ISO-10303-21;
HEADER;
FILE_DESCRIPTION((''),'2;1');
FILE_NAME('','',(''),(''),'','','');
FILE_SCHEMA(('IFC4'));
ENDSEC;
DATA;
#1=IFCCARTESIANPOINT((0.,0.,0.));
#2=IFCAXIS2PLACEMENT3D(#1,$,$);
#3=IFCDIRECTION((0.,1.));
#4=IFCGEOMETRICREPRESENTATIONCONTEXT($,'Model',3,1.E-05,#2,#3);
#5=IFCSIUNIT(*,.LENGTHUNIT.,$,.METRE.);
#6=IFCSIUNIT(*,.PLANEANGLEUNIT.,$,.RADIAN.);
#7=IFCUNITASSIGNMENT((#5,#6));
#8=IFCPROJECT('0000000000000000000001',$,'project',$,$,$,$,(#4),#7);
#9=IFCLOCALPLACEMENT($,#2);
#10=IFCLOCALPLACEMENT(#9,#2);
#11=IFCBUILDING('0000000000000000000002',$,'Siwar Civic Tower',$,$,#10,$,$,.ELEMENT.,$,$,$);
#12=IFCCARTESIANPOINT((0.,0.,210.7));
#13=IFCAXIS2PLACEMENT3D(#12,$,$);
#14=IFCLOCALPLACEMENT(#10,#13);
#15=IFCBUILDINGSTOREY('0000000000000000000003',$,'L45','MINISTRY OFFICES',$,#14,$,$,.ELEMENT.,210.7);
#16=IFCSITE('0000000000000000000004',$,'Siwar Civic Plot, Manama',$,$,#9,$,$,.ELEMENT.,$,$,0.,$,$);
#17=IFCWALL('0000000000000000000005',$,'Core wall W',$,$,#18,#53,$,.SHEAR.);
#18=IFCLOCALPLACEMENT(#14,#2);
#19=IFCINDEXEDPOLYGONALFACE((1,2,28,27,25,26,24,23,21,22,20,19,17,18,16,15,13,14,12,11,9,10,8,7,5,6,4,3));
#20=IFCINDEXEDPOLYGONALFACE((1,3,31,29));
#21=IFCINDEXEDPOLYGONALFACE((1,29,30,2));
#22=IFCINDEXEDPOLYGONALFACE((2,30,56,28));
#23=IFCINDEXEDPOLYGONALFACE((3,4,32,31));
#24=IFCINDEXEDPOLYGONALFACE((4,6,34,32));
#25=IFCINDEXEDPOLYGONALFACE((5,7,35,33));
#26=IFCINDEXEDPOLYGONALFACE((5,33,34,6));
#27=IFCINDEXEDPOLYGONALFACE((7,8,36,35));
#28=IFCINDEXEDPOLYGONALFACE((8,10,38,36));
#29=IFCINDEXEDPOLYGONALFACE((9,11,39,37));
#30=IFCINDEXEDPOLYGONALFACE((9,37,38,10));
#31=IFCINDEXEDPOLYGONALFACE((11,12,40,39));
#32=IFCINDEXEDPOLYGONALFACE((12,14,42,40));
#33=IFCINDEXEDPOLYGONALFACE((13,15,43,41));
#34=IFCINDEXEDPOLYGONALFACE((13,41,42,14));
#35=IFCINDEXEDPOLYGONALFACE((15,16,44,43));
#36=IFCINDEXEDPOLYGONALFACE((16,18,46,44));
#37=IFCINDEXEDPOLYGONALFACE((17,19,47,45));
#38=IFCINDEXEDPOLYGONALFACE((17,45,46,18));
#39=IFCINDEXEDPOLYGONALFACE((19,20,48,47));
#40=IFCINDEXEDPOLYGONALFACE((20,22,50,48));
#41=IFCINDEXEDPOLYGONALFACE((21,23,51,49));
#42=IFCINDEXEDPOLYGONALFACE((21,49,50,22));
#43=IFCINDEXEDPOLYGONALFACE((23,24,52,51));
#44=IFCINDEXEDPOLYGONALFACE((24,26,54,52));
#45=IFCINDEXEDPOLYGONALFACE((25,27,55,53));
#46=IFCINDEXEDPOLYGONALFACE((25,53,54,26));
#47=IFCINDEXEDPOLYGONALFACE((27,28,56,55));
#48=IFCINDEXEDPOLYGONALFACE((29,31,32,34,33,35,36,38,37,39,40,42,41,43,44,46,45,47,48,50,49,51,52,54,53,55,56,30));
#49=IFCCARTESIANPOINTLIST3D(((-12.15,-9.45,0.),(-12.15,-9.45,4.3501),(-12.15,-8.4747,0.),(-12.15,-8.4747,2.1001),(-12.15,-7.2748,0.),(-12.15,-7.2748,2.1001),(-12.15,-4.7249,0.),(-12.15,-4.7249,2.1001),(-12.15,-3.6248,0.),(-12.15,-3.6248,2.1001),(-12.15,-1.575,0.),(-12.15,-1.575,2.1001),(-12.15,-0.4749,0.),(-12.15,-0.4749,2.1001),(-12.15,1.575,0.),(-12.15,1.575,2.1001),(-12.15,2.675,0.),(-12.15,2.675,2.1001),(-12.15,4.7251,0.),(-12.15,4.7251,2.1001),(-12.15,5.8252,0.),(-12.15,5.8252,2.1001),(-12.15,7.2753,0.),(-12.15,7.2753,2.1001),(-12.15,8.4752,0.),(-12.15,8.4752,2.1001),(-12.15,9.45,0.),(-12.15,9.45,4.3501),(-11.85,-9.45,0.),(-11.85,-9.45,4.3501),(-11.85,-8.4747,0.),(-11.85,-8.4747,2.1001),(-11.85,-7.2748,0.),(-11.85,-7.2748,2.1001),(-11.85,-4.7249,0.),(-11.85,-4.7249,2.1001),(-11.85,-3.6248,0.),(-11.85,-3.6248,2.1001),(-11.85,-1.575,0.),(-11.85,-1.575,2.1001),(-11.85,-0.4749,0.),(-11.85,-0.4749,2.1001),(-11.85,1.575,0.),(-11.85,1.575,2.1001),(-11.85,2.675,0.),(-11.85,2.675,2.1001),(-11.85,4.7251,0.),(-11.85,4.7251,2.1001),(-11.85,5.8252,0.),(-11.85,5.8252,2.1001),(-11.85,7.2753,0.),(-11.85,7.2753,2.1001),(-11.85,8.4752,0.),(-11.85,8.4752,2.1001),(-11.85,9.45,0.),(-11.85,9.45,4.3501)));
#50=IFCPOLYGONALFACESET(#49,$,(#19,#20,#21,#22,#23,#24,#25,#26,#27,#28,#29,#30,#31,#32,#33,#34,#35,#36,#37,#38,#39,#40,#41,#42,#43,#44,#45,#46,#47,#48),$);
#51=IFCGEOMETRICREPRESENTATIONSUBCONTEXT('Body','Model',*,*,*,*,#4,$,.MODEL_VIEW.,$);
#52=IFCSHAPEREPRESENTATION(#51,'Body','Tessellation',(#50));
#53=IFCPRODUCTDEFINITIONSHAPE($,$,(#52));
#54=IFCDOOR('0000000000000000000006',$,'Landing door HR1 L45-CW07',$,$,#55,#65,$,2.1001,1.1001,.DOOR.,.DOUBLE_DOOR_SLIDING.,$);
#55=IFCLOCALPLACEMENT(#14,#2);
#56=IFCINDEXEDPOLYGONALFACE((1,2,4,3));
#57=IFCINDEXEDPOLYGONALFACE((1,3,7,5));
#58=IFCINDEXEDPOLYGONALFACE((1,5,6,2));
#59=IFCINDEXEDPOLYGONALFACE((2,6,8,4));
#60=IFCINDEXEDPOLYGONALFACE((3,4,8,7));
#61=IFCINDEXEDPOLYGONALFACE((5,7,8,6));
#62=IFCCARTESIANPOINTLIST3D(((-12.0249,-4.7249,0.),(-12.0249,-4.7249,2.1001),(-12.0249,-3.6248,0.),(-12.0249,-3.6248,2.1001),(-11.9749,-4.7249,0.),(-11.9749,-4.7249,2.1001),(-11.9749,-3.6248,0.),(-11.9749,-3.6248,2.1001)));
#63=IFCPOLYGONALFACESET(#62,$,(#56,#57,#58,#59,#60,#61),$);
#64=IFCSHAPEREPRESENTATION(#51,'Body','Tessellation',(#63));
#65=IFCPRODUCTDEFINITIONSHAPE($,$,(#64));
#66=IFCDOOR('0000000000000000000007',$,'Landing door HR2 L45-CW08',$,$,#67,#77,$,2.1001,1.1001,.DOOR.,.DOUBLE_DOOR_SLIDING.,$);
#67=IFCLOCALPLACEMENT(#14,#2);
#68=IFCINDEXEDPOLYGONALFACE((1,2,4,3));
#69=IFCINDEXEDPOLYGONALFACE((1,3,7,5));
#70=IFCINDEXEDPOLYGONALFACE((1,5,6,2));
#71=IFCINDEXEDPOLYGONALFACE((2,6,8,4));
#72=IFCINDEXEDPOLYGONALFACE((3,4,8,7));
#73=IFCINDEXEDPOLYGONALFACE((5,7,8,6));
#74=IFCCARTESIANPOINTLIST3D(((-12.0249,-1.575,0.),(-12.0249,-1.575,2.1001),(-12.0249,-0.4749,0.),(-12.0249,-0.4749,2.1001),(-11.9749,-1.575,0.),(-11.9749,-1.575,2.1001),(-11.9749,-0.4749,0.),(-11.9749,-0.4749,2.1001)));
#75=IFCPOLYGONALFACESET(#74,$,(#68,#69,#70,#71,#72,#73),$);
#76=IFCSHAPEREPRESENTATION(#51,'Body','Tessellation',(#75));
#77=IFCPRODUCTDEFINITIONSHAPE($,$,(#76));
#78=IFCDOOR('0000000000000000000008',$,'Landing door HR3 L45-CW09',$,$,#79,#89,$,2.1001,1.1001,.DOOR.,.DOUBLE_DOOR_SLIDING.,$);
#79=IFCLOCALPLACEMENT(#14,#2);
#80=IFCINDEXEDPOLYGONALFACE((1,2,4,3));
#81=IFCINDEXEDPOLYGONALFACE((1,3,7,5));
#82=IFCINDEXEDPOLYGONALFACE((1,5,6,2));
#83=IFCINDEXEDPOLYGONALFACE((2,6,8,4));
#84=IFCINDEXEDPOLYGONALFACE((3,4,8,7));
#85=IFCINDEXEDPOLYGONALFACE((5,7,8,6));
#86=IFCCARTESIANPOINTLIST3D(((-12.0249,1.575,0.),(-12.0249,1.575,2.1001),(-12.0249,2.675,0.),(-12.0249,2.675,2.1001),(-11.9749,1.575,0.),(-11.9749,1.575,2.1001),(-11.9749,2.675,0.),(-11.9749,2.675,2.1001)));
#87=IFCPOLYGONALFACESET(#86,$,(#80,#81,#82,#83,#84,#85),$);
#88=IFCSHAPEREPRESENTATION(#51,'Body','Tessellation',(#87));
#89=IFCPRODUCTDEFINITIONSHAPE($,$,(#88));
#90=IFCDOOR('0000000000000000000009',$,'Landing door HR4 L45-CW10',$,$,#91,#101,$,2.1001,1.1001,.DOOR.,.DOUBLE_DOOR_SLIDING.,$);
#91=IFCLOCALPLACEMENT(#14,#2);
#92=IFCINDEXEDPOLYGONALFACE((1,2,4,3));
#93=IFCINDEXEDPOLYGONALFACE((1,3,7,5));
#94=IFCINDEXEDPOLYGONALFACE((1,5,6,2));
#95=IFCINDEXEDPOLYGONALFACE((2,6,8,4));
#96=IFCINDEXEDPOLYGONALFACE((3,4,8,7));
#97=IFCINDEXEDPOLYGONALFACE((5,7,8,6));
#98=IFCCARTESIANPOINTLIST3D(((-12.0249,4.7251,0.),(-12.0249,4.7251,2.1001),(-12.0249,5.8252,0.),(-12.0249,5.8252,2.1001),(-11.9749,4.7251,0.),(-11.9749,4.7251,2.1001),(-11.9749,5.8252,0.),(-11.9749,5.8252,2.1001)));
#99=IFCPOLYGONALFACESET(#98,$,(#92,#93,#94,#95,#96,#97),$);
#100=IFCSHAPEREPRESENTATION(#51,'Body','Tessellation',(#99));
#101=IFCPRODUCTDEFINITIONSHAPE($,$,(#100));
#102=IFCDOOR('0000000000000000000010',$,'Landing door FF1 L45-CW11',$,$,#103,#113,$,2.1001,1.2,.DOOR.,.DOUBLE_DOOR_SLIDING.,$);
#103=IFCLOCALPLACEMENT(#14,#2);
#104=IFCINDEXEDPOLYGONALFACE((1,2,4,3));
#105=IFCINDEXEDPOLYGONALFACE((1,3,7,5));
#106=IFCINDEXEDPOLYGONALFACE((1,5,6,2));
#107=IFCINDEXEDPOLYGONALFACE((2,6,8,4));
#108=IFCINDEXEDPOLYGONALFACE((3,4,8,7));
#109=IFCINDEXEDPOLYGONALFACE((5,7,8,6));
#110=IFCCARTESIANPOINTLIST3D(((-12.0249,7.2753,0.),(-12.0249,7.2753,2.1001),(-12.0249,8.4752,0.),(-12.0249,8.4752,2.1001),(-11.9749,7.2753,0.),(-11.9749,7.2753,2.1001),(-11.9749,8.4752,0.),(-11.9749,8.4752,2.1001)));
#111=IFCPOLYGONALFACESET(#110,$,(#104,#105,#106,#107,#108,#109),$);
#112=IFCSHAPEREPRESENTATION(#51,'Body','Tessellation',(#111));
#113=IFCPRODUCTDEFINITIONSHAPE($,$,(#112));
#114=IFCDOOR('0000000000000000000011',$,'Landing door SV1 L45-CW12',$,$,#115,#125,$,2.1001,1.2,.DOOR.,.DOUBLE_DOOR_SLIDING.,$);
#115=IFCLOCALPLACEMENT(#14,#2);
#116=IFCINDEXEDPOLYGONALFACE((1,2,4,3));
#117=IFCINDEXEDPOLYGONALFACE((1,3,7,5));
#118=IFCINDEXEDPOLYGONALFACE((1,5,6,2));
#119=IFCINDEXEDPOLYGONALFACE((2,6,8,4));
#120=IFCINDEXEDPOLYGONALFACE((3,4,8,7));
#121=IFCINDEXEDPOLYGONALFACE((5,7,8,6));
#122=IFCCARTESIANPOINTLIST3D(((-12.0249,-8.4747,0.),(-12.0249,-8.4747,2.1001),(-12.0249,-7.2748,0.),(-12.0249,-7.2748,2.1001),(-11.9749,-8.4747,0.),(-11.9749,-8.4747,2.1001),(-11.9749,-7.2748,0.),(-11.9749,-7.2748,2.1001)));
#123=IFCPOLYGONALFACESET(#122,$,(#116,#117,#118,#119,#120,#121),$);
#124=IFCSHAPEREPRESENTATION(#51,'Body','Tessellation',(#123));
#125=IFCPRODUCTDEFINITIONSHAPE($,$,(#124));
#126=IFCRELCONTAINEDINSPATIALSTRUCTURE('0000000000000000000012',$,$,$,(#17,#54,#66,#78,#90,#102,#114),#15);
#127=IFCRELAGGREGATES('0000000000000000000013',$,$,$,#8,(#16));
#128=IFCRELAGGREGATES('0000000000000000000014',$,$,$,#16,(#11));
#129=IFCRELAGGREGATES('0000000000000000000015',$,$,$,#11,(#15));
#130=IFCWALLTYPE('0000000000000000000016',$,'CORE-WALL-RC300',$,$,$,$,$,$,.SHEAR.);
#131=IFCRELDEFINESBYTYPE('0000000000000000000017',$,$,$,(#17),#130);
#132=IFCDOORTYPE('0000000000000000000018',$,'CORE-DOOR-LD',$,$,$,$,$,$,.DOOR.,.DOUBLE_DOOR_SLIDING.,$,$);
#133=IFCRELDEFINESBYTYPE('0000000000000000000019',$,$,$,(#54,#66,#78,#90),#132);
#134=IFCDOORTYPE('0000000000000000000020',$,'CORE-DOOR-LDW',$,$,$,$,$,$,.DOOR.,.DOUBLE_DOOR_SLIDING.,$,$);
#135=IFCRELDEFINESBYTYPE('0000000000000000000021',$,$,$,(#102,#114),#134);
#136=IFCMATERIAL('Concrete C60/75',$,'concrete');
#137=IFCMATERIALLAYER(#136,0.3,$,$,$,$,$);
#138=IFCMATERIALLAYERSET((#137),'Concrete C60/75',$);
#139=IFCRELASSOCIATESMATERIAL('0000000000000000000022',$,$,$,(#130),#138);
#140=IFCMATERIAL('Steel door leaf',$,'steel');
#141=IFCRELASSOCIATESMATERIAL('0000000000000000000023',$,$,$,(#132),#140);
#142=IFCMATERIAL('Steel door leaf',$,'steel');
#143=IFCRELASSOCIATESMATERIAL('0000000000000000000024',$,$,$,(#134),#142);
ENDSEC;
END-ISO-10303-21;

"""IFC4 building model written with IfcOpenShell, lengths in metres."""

from ifc_helpers import new_model, si_unit, direction, frame, frame_2d, origin, place, context, subcontext, project, spatial, rectangle, extrude, material, layer, layer_set, type_object, element, fill, save


model = new_model("IFC4")

# Units and contexts
model_context = context("Model", 3, precision=1e-05, world=origin(), true_north=direction((0.0, 1.0)))
body_context = subcontext(model_context, "Body", "Model", "MODEL_VIEW")
ifc_project = project(units=[si_unit("LENGTHUNIT", "METRE"), si_unit("PLANEANGLEUNIT", "RADIAN")], contexts=[model_context])

# Site, building, storey
site_placement = place(None, origin())
site = spatial("IfcSite", under=ifc_project, at=site_placement, Name="Siwar Civic Plot, Manama", CompositionType="ELEMENT", RefElevation=0.0)
building_placement = place(site_placement, origin())
building = spatial("IfcBuilding", under=site, at=building_placement, Name="Siwar Civic Tower", CompositionType="ELEMENT")
storey_placement = place(building_placement, frame((0.0, 0.0, 210.7)))
storey = spatial("IfcBuildingStorey", under=building, at=storey_placement, Name="L45", Description="MINISTRY OFFICES", CompositionType="ELEMENT", Elevation=210.7)

# Wall, openings, doors
ifc_material_1 = material(Name="Concrete C60/75", Category="concrete")
ifc_layer_1 = layer(ifc_material_1, 0.3)
ifc_layer_set_1 = layer_set([ifc_layer_1], Name="Concrete C60/75")
wall_type_1 = type_object("IfcWallType", Name="CORE-WALL-RC300", PredefinedType="SHEAR", material=ifc_layer_set_1)
wall_1_placement = place(storey_placement, frame((-12.0, -9.45, 0.0), z_axis=(0.0, 0.0, 1.0), x_axis=(0.0, 1.0, 0.0)))
wall_1 = element("IfcWall", 1, at=wall_1_placement, inside=storey, type_object=wall_type_1, Name="Core wall W", PredefinedType="SHEAR", context=body_context, shape_type="SweptSolid", body=[
    extrude(rectangle(XDim=18.8999, YDim=0.3, at=frame_2d((9.45, 0.0))), origin(), (0.0, 0.0, 1.0), 4.3501),
])
opening_1_placement = place(wall_1_placement, frame((4.7251, 0.0, 0.0)))
opening_1 = element("IfcOpeningElement", 2, at=opening_1_placement, cuts=wall_1, PredefinedType="OPENING", context=body_context, shape_type="SweptSolid", body=[
    extrude(rectangle(XDim=1.1001, YDim=2.1001, at=frame_2d((0.55, 1.05))), frame((0.0, 0.1602, 0.0), z_axis=(0.0, -1.0, 0.0), x_axis=(1.0, 0.0, 0.0)), (0.0, 0.0, 1.0), 0.3201),
])
opening_2_placement = place(wall_1_placement, frame((7.875, 0.0, 0.0)))
opening_2 = element("IfcOpeningElement", 3, at=opening_2_placement, cuts=wall_1, PredefinedType="OPENING", context=body_context, shape_type="SweptSolid", body=[
    extrude(rectangle(XDim=1.1001, YDim=2.1001, at=frame_2d((0.55, 1.05))), frame((0.0, 0.1602, 0.0), z_axis=(0.0, -1.0, 0.0), x_axis=(1.0, 0.0, 0.0)), (0.0, 0.0, 1.0), 0.3201),
])
opening_3_placement = place(wall_1_placement, frame((11.0249, 0.0, 0.0)))
opening_3 = element("IfcOpeningElement", 4, at=opening_3_placement, cuts=wall_1, PredefinedType="OPENING", context=body_context, shape_type="SweptSolid", body=[
    extrude(rectangle(XDim=1.1001, YDim=2.1001, at=frame_2d((0.55, 1.05))), frame((0.0, 0.1602, 0.0), z_axis=(0.0, -1.0, 0.0), x_axis=(1.0, 0.0, 0.0)), (0.0, 0.0, 1.0), 0.3201),
])
opening_4_placement = place(wall_1_placement, frame((14.175, 0.0, 0.0)))
opening_4 = element("IfcOpeningElement", 5, at=opening_4_placement, cuts=wall_1, PredefinedType="OPENING", context=body_context, shape_type="SweptSolid", body=[
    extrude(rectangle(XDim=1.1001, YDim=2.1001, at=frame_2d((0.55, 1.05))), frame((0.0, 0.1602, 0.0), z_axis=(0.0, -1.0, 0.0), x_axis=(1.0, 0.0, 0.0)), (0.0, 0.0, 1.0), 0.3201),
])
opening_5_placement = place(wall_1_placement, frame((16.7251, 0.0, 0.0)))
opening_5 = element("IfcOpeningElement", 6, at=opening_5_placement, cuts=wall_1, PredefinedType="OPENING", context=body_context, shape_type="SweptSolid", body=[
    extrude(rectangle(XDim=1.2, YDim=2.1001, at=frame_2d((0.6001, 1.05))), frame((0.0, 0.1602, 0.0), z_axis=(0.0, -1.0, 0.0), x_axis=(1.0, 0.0, 0.0)), (0.0, 0.0, 1.0), 0.3201),
])
opening_6_placement = place(wall_1_placement, frame((0.9751, 0.0, 0.0)))
opening_6 = element("IfcOpeningElement", 7, at=opening_6_placement, cuts=wall_1, PredefinedType="OPENING", context=body_context, shape_type="SweptSolid", body=[
    extrude(rectangle(XDim=1.2, YDim=2.1001, at=frame_2d((0.6001, 1.05))), frame((0.0, 0.1602, 0.0), z_axis=(0.0, -1.0, 0.0), x_axis=(1.0, 0.0, 0.0)), (0.0, 0.0, 1.0), 0.3201),
])
ifc_material_2 = material(Name="Steel door leaf", Category="steel")
door_type_1 = type_object("IfcDoorType", Name="CORE-DOOR-LD", OperationType="DOUBLE_DOOR_SLIDING", PredefinedType="DOOR", material=ifc_material_2)
door_1_placement = place(opening_1_placement, origin())
door_1 = element("IfcDoor", 8, at=door_1_placement, inside=storey, type_object=door_type_1, Name="Landing door HR1 L45-CW07", OperationType="DOUBLE_DOOR_SLIDING", OverallHeight=2.1001, OverallWidth=1.1001, PredefinedType="DOOR", context=body_context, shape_type="SweptSolid", body=[
    extrude(rectangle(XDim=1.1001, YDim=2.1001, at=frame_2d((0.55, 1.05))), frame((0.0, 0.0249, 0.0), z_axis=(0.0, -1.0, 0.0), x_axis=(1.0, 0.0, 0.0)), (0.0, 0.0, 1.0), 0.05),
])
fill(opening_1, door_1)
door_2_placement = place(opening_2_placement, origin())
door_2 = element("IfcDoor", 9, at=door_2_placement, inside=storey, type_object=door_type_1, Name="Landing door HR2 L45-CW08", OperationType="DOUBLE_DOOR_SLIDING", OverallHeight=2.1001, OverallWidth=1.1001, PredefinedType="DOOR", context=body_context, shape_type="SweptSolid", body=[
    extrude(rectangle(XDim=1.1001, YDim=2.1001, at=frame_2d((0.55, 1.05))), frame((0.0, 0.0249, 0.0), z_axis=(0.0, -1.0, 0.0), x_axis=(1.0, 0.0, 0.0)), (0.0, 0.0, 1.0), 0.05),
])
fill(opening_2, door_2)
door_3_placement = place(opening_3_placement, origin())
door_3 = element("IfcDoor", 10, at=door_3_placement, inside=storey, type_object=door_type_1, Name="Landing door HR3 L45-CW09", OperationType="DOUBLE_DOOR_SLIDING", OverallHeight=2.1001, OverallWidth=1.1001, PredefinedType="DOOR", context=body_context, shape_type="SweptSolid", body=[
    extrude(rectangle(XDim=1.1001, YDim=2.1001, at=frame_2d((0.55, 1.05))), frame((0.0, 0.0249, 0.0), z_axis=(0.0, -1.0, 0.0), x_axis=(1.0, 0.0, 0.0)), (0.0, 0.0, 1.0), 0.05),
])
fill(opening_3, door_3)
door_4_placement = place(opening_4_placement, origin())
door_4 = element("IfcDoor", 11, at=door_4_placement, inside=storey, type_object=door_type_1, Name="Landing door HR4 L45-CW10", OperationType="DOUBLE_DOOR_SLIDING", OverallHeight=2.1001, OverallWidth=1.1001, PredefinedType="DOOR", context=body_context, shape_type="SweptSolid", body=[
    extrude(rectangle(XDim=1.1001, YDim=2.1001, at=frame_2d((0.55, 1.05))), frame((0.0, 0.0249, 0.0), z_axis=(0.0, -1.0, 0.0), x_axis=(1.0, 0.0, 0.0)), (0.0, 0.0, 1.0), 0.05),
])
fill(opening_4, door_4)
ifc_material_3 = material(Name="Steel door leaf", Category="steel")
door_type_2 = type_object("IfcDoorType", Name="CORE-DOOR-LDW", OperationType="DOUBLE_DOOR_SLIDING", PredefinedType="DOOR", material=ifc_material_3)
door_5_placement = place(opening_5_placement, origin())
door_5 = element("IfcDoor", 12, at=door_5_placement, inside=storey, type_object=door_type_2, Name="Landing door FF1 L45-CW11", OperationType="DOUBLE_DOOR_SLIDING", OverallHeight=2.1001, OverallWidth=1.2, PredefinedType="DOOR", context=body_context, shape_type="SweptSolid", body=[
    extrude(rectangle(XDim=1.2, YDim=2.1001, at=frame_2d((0.6001, 1.05))), frame((0.0, 0.0249, 0.0), z_axis=(0.0, -1.0, 0.0), x_axis=(1.0, 0.0, 0.0)), (0.0, 0.0, 1.0), 0.05),
])
fill(opening_5, door_5)
door_6_placement = place(opening_6_placement, origin())
door_6 = element("IfcDoor", 13, at=door_6_placement, inside=storey, type_object=door_type_2, Name="Landing door SV1 L45-CW12", OperationType="DOUBLE_DOOR_SLIDING", OverallHeight=2.1001, OverallWidth=1.2, PredefinedType="DOOR", context=body_context, shape_type="SweptSolid", body=[
    extrude(rectangle(XDim=1.2, YDim=2.1001, at=frame_2d((0.6001, 1.05))), frame((0.0, 0.0249, 0.0), z_axis=(0.0, -1.0, 0.0), x_axis=(1.0, 0.0, 0.0)), (0.0, 0.0, 1.0), 0.05),
])
fill(opening_6, door_6)

save(model, "model.ifc")
